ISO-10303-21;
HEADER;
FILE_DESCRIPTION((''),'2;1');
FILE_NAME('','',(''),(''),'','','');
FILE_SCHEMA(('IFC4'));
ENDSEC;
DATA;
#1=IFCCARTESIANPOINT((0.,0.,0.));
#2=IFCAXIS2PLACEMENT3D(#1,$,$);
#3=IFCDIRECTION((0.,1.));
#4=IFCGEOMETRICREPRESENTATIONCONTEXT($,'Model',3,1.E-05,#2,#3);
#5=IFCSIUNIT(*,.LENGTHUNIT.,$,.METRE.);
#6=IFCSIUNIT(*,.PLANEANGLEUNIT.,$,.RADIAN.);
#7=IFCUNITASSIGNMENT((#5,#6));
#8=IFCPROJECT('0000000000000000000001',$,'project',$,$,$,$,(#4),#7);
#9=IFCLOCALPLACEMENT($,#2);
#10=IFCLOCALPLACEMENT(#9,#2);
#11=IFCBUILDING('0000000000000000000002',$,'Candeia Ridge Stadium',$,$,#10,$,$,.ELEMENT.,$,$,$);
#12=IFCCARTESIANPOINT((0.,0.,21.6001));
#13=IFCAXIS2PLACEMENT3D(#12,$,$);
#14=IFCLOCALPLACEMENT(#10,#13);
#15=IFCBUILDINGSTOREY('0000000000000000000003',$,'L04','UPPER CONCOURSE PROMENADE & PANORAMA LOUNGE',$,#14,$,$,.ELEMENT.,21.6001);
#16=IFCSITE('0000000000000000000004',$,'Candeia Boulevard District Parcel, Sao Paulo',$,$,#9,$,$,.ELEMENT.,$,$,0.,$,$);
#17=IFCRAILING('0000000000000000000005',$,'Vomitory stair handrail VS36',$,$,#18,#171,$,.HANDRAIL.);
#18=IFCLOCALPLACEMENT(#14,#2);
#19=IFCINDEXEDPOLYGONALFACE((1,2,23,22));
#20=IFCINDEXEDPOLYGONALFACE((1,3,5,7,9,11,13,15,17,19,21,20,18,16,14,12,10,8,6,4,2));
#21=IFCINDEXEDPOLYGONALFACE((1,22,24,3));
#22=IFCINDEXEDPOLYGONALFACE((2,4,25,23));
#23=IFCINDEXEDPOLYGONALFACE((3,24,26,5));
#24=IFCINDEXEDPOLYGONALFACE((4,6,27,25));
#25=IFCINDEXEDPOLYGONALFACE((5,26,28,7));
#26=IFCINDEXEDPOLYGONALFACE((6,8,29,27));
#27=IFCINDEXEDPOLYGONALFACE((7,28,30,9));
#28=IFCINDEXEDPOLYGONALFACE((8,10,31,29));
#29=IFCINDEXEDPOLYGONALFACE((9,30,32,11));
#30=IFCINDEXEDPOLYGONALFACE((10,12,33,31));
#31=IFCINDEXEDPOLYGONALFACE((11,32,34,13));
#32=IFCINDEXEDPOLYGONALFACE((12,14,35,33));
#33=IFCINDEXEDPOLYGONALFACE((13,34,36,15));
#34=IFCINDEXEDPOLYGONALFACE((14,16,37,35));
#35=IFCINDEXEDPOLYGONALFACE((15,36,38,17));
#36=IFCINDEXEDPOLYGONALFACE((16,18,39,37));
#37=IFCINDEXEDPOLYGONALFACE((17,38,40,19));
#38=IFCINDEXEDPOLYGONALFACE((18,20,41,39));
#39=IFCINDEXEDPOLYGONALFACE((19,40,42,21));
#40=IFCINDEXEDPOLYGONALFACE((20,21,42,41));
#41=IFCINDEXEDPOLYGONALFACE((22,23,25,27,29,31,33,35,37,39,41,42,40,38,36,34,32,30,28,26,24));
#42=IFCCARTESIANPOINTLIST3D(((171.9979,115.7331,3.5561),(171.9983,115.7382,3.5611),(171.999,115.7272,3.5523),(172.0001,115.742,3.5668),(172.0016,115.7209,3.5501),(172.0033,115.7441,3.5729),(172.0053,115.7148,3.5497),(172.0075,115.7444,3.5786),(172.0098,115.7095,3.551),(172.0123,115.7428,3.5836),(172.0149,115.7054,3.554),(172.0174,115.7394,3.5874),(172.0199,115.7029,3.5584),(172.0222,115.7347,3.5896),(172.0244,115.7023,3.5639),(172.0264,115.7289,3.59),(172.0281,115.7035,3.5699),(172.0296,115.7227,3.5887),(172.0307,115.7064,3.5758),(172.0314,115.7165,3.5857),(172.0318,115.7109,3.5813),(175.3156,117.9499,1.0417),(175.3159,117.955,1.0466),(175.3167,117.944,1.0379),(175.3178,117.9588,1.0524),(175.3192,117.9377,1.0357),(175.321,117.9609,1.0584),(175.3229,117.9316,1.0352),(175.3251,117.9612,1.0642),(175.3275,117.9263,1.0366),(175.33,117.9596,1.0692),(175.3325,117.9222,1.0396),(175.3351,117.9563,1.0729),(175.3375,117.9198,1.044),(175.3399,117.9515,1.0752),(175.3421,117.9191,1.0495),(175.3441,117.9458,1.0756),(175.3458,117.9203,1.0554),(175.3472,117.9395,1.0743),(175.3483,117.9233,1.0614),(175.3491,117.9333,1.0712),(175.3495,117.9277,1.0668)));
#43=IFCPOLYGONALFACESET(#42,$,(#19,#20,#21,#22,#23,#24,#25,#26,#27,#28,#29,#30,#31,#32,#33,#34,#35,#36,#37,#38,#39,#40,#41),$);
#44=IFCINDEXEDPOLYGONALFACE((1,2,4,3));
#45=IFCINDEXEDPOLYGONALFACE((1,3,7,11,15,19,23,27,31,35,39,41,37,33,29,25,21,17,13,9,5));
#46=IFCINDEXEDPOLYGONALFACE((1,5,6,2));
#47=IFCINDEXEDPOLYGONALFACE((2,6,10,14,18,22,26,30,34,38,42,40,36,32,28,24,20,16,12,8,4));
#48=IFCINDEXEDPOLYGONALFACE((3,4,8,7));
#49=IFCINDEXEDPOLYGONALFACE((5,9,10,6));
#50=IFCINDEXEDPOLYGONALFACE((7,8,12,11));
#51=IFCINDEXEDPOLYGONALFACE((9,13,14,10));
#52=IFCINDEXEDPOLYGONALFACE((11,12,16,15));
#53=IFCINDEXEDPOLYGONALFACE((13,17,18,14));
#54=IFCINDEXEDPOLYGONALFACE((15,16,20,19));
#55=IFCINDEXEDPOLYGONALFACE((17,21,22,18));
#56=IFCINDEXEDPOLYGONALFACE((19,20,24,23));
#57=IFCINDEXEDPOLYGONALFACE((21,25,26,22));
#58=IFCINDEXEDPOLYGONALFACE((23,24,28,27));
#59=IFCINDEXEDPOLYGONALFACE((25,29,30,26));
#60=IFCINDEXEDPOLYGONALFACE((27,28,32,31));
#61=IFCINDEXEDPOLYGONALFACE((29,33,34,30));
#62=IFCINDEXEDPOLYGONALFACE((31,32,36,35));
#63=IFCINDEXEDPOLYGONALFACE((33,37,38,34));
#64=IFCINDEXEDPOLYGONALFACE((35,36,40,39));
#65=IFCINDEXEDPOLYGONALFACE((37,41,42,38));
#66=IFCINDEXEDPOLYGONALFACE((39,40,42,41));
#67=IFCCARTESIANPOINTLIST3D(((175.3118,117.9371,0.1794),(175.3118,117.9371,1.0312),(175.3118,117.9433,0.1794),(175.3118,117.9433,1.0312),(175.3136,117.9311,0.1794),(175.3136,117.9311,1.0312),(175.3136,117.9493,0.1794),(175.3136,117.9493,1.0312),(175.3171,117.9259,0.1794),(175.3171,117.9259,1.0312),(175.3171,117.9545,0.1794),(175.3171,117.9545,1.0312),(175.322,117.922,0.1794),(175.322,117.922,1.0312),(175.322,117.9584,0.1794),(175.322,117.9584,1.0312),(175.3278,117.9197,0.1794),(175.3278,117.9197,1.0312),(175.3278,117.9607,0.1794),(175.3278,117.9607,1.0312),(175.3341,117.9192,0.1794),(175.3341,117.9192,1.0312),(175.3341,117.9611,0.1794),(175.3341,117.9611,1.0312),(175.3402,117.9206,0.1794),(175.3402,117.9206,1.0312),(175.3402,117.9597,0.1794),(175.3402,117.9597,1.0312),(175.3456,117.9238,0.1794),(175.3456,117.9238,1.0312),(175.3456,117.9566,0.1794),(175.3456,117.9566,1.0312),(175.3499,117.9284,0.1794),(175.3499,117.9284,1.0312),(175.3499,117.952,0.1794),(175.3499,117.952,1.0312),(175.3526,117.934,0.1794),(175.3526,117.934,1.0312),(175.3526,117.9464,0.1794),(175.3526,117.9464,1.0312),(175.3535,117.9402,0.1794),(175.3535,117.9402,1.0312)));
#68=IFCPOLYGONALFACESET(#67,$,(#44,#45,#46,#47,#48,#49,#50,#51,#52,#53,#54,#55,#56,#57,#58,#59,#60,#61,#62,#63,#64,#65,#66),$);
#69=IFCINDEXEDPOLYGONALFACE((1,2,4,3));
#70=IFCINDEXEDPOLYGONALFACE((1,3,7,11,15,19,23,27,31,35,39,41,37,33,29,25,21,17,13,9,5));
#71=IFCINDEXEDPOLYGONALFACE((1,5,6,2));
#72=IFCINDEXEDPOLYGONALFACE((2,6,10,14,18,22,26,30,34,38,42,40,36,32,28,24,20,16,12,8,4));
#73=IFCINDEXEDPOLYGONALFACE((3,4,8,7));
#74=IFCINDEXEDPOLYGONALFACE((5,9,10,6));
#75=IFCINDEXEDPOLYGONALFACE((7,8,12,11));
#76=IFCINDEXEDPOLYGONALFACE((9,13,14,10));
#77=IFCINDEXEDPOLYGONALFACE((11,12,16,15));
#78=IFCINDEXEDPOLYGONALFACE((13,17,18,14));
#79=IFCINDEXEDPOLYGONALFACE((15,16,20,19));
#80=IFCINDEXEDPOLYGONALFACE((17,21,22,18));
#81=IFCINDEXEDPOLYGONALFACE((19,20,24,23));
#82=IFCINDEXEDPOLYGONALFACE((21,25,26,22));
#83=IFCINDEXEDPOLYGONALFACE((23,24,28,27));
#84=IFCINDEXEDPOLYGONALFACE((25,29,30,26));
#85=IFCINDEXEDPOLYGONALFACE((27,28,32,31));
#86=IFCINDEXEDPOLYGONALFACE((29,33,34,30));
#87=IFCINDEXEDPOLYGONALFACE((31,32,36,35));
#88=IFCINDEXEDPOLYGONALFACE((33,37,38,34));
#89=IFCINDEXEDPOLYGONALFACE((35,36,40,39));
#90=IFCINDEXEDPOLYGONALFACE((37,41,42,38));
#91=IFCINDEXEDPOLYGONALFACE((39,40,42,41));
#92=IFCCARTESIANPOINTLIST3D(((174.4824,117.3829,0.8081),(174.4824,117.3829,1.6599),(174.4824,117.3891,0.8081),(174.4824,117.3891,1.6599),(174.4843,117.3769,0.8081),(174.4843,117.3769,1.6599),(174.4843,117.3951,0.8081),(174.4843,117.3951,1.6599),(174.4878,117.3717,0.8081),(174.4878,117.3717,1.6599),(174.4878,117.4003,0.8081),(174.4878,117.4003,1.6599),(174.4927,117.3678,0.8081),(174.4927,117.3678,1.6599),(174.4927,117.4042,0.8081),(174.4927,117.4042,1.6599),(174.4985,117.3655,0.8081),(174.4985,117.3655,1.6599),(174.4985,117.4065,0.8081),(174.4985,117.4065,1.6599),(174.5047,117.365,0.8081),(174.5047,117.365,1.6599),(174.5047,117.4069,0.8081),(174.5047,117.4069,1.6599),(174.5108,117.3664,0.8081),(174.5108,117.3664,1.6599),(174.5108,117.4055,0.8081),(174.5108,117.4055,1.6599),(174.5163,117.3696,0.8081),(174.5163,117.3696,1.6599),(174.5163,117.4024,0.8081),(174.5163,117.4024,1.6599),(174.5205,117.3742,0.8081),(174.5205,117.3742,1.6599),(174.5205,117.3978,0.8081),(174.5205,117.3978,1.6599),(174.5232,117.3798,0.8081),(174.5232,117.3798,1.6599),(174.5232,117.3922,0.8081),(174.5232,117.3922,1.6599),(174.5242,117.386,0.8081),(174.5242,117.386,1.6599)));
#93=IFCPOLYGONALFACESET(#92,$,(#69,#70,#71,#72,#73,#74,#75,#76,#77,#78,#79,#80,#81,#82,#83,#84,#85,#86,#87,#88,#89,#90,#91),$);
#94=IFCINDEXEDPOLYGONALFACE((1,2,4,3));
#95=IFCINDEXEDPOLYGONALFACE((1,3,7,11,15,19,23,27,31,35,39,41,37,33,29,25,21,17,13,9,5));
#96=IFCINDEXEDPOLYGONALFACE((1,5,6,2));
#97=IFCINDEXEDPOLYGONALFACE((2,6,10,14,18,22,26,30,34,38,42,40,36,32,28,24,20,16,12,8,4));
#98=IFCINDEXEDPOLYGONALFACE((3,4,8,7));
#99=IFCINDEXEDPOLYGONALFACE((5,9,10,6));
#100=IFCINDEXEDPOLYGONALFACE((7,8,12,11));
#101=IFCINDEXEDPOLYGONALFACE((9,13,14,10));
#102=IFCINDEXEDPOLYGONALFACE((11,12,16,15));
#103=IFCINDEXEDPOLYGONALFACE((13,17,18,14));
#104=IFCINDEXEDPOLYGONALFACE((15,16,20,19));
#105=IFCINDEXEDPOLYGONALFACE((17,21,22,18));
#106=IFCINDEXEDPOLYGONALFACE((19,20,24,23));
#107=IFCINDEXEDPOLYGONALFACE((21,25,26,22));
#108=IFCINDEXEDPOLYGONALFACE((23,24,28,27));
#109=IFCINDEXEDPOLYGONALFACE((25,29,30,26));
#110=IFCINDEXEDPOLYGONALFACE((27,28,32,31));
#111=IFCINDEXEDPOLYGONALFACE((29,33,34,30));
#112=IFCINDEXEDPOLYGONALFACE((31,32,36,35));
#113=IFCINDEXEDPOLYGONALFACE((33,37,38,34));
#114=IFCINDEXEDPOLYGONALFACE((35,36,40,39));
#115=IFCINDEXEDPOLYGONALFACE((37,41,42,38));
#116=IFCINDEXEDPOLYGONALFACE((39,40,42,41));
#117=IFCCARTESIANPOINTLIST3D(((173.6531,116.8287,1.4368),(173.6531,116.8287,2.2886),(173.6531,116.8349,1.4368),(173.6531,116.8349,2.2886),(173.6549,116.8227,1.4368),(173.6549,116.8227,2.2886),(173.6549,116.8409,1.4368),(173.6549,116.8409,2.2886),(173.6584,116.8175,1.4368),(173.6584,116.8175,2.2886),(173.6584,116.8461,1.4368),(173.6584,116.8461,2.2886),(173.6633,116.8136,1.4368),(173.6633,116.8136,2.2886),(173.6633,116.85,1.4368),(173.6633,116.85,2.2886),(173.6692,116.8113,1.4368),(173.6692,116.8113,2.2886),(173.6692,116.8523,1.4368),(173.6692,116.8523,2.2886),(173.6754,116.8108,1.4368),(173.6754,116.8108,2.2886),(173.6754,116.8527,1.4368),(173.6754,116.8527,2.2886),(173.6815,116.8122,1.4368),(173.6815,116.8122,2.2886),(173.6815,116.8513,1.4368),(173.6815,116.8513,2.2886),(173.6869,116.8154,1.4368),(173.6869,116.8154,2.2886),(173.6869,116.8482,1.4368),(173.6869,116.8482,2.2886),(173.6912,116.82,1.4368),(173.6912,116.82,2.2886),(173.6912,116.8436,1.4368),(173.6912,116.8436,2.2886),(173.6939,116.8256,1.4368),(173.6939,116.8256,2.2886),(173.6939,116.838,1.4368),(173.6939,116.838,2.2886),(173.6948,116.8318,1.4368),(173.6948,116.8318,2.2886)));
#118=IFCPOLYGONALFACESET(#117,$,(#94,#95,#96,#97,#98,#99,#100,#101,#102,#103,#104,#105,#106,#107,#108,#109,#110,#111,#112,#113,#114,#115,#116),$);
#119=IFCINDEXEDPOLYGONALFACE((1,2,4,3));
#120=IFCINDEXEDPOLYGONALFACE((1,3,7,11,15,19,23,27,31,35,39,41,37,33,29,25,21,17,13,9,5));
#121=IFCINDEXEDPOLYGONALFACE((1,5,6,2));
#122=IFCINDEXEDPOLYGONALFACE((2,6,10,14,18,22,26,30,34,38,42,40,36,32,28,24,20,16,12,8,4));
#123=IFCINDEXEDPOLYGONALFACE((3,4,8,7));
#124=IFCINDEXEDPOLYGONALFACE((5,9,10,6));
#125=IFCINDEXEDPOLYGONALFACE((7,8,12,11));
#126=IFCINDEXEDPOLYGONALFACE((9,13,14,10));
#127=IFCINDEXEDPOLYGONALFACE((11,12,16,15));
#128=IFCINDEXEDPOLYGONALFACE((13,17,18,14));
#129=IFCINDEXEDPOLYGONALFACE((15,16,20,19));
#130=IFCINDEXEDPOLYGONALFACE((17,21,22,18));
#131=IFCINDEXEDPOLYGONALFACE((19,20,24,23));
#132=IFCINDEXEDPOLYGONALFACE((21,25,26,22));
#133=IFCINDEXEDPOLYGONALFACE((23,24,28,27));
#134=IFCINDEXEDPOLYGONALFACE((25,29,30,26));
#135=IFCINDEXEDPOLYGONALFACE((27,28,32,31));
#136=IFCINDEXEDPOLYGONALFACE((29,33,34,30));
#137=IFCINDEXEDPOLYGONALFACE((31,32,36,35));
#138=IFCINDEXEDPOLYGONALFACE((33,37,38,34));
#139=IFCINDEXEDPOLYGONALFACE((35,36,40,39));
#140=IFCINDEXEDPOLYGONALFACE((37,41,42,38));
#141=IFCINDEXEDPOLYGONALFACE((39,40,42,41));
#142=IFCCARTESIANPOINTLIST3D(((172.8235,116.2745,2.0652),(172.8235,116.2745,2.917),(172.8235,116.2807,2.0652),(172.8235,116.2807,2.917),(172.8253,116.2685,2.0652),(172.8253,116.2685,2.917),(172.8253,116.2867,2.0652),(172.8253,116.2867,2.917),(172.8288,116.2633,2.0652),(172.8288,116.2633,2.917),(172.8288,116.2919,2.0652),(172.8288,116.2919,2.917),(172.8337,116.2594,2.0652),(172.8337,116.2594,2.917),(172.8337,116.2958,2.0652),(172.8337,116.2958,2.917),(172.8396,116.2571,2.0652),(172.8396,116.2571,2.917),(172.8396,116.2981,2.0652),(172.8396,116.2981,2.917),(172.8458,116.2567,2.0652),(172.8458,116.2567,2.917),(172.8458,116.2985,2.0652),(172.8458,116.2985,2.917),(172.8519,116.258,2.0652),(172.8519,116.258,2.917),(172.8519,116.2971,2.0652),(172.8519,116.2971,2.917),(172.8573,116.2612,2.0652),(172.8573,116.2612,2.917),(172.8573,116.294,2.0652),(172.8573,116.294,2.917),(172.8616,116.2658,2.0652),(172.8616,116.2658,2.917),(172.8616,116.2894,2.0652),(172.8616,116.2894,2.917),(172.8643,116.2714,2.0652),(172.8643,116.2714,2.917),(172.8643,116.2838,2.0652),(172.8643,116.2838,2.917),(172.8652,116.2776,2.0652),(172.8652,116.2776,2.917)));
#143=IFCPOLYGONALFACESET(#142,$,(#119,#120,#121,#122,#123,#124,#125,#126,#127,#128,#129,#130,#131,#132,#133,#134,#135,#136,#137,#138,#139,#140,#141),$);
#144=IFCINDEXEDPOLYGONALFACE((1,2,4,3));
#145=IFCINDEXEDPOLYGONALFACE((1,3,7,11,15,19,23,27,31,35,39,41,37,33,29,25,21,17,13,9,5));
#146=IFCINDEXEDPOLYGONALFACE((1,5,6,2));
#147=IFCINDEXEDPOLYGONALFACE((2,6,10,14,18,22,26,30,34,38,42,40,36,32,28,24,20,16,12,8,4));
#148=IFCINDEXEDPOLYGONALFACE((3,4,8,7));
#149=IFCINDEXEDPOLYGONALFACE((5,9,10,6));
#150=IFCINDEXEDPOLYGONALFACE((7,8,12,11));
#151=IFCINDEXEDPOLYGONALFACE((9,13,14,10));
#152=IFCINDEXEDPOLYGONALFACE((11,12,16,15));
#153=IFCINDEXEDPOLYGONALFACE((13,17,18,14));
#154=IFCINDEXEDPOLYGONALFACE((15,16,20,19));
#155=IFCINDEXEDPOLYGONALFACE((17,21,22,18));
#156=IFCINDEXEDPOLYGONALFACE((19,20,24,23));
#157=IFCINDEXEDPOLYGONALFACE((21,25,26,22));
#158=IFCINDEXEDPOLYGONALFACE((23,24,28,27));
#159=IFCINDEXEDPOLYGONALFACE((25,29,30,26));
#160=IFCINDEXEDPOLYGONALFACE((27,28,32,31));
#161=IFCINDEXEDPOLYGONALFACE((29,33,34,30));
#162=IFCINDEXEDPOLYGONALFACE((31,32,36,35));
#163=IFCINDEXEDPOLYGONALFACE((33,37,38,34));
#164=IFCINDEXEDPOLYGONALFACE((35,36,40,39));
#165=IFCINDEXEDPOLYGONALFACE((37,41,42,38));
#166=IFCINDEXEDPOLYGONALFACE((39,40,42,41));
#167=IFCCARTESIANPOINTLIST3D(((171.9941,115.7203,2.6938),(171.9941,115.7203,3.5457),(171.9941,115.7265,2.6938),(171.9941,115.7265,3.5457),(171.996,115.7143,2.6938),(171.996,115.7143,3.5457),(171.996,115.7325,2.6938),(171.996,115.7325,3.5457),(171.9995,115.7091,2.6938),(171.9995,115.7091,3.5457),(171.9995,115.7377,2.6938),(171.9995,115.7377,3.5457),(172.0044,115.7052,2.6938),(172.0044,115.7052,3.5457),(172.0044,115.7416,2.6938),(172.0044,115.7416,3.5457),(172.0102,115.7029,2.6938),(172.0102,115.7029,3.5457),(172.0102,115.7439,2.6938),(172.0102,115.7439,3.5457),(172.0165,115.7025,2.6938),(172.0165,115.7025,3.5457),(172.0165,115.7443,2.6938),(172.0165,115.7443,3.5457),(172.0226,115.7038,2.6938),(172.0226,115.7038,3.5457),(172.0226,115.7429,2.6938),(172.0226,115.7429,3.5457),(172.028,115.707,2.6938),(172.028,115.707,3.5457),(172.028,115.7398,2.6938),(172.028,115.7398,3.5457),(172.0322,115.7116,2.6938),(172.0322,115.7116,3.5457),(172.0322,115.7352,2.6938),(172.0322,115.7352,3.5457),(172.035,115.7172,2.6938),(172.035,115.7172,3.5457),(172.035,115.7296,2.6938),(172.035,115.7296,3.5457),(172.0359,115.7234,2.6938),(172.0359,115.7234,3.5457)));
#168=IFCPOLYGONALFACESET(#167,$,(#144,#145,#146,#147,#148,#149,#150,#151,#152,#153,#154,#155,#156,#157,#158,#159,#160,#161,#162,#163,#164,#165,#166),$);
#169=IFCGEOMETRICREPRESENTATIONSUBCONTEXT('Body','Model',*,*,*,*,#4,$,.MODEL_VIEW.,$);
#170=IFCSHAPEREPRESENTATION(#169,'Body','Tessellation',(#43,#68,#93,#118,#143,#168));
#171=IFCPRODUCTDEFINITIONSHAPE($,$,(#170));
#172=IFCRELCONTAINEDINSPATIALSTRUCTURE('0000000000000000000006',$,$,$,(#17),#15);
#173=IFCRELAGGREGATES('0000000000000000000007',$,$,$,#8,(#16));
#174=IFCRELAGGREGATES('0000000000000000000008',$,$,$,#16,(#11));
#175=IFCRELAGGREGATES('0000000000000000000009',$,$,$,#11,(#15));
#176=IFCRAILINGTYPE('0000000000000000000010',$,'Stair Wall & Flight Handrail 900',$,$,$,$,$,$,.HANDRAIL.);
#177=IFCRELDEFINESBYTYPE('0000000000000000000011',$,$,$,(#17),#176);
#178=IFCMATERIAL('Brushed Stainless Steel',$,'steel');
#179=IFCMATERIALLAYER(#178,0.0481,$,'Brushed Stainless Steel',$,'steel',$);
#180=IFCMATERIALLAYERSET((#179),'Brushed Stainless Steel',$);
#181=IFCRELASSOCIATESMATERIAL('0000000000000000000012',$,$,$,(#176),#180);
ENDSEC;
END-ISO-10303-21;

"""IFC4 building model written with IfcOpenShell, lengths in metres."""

from ifc_helpers import new_model, si_unit, direction, frame, origin, origin_2d, place, context, subcontext, project, spatial, circle, extrude, material, layer, layer_set, type_object, element, save


model = new_model("IFC4")

# Units and contexts
model_context = context("Model", 3, precision=1e-05, world=origin(), true_north=direction((0.0, 1.0)))
body_context = subcontext(model_context, "Body", "Model", "MODEL_VIEW")
ifc_project = project(units=[si_unit("LENGTHUNIT", "METRE"), si_unit("PLANEANGLEUNIT", "RADIAN")], contexts=[model_context])

# Site, building, storey
site_placement = place(None, origin())
site = spatial("IfcSite", under=ifc_project, at=site_placement, Name="Candeia Boulevard District Parcel, Sao Paulo", CompositionType="ELEMENT", RefElevation=0.0)
building_placement = place(site_placement, origin())
building = spatial("IfcBuilding", under=site, at=building_placement, Name="Candeia Ridge Stadium", CompositionType="ELEMENT")
storey_placement = place(building_placement, frame((0.0, 0.0, 21.6001)))
storey = spatial("IfcBuildingStorey", under=building, at=storey_placement, Name="L04", Description="UPPER CONCOURSE PROMENADE & PANORAMA LOUNGE", CompositionType="ELEMENT", Elevation=21.6001)

# Railing
ifc_material_1 = material(Name="Brushed Stainless Steel", Category="steel")
ifc_layer_1 = layer(ifc_material_1, 0.0481, Name="Brushed Stainless Steel", Category="steel")
ifc_layer_set_1 = layer_set([ifc_layer_1], Name="Brushed Stainless Steel")
railing_type_1 = type_object("IfcRailingType", Name="Stair Wall & Flight Handrail 900", PredefinedType="HANDRAIL", material=ifc_layer_set_1)
railing_1_placement = place(storey_placement, frame((175.3325, 117.9402, 0.1794)))
element("IfcRailing", 1, at=railing_1_placement, inside=storey, type_object=railing_type_1, Name="Vomitory stair handrail VS36", PredefinedType="HANDRAIL", context=body_context, shape_type="SweptSolid", body=[
    extrude(circle(Radius=0.0239, at=origin_2d()), frame((0.0, 0.0, 0.876), z_axis=(-0.703445, -0.470033, 0.533136), x_axis=(0.555575, -0.831466, 0.0)), (0.0, 0.0, 1.0), 4.7163),
    extrude(circle(Radius=0.021, at=origin_2d()), origin(), (0.0, 0.0, 1.0), 0.8518),
    extrude(circle(Radius=0.021, at=origin_2d()), frame((-0.8293, -0.5542, 0.6287)), (0.0, 0.0, 1.0), 0.8518),
    extrude(circle(Radius=0.021, at=origin_2d()), frame((-1.6587, -1.1084, 1.2573)), (0.0, 0.0, 1.0), 0.8518),
    extrude(circle(Radius=0.021, at=origin_2d()), frame((-2.4883, -1.6626, 1.8857)), (0.0, 0.0, 1.0), 0.8518),
    extrude(circle(Radius=0.021, at=origin_2d()), frame((-3.3176, -2.2168, 2.5144)), (0.0, 0.0, 1.0), 0.8518),
])

save(model, "model.ifc")
